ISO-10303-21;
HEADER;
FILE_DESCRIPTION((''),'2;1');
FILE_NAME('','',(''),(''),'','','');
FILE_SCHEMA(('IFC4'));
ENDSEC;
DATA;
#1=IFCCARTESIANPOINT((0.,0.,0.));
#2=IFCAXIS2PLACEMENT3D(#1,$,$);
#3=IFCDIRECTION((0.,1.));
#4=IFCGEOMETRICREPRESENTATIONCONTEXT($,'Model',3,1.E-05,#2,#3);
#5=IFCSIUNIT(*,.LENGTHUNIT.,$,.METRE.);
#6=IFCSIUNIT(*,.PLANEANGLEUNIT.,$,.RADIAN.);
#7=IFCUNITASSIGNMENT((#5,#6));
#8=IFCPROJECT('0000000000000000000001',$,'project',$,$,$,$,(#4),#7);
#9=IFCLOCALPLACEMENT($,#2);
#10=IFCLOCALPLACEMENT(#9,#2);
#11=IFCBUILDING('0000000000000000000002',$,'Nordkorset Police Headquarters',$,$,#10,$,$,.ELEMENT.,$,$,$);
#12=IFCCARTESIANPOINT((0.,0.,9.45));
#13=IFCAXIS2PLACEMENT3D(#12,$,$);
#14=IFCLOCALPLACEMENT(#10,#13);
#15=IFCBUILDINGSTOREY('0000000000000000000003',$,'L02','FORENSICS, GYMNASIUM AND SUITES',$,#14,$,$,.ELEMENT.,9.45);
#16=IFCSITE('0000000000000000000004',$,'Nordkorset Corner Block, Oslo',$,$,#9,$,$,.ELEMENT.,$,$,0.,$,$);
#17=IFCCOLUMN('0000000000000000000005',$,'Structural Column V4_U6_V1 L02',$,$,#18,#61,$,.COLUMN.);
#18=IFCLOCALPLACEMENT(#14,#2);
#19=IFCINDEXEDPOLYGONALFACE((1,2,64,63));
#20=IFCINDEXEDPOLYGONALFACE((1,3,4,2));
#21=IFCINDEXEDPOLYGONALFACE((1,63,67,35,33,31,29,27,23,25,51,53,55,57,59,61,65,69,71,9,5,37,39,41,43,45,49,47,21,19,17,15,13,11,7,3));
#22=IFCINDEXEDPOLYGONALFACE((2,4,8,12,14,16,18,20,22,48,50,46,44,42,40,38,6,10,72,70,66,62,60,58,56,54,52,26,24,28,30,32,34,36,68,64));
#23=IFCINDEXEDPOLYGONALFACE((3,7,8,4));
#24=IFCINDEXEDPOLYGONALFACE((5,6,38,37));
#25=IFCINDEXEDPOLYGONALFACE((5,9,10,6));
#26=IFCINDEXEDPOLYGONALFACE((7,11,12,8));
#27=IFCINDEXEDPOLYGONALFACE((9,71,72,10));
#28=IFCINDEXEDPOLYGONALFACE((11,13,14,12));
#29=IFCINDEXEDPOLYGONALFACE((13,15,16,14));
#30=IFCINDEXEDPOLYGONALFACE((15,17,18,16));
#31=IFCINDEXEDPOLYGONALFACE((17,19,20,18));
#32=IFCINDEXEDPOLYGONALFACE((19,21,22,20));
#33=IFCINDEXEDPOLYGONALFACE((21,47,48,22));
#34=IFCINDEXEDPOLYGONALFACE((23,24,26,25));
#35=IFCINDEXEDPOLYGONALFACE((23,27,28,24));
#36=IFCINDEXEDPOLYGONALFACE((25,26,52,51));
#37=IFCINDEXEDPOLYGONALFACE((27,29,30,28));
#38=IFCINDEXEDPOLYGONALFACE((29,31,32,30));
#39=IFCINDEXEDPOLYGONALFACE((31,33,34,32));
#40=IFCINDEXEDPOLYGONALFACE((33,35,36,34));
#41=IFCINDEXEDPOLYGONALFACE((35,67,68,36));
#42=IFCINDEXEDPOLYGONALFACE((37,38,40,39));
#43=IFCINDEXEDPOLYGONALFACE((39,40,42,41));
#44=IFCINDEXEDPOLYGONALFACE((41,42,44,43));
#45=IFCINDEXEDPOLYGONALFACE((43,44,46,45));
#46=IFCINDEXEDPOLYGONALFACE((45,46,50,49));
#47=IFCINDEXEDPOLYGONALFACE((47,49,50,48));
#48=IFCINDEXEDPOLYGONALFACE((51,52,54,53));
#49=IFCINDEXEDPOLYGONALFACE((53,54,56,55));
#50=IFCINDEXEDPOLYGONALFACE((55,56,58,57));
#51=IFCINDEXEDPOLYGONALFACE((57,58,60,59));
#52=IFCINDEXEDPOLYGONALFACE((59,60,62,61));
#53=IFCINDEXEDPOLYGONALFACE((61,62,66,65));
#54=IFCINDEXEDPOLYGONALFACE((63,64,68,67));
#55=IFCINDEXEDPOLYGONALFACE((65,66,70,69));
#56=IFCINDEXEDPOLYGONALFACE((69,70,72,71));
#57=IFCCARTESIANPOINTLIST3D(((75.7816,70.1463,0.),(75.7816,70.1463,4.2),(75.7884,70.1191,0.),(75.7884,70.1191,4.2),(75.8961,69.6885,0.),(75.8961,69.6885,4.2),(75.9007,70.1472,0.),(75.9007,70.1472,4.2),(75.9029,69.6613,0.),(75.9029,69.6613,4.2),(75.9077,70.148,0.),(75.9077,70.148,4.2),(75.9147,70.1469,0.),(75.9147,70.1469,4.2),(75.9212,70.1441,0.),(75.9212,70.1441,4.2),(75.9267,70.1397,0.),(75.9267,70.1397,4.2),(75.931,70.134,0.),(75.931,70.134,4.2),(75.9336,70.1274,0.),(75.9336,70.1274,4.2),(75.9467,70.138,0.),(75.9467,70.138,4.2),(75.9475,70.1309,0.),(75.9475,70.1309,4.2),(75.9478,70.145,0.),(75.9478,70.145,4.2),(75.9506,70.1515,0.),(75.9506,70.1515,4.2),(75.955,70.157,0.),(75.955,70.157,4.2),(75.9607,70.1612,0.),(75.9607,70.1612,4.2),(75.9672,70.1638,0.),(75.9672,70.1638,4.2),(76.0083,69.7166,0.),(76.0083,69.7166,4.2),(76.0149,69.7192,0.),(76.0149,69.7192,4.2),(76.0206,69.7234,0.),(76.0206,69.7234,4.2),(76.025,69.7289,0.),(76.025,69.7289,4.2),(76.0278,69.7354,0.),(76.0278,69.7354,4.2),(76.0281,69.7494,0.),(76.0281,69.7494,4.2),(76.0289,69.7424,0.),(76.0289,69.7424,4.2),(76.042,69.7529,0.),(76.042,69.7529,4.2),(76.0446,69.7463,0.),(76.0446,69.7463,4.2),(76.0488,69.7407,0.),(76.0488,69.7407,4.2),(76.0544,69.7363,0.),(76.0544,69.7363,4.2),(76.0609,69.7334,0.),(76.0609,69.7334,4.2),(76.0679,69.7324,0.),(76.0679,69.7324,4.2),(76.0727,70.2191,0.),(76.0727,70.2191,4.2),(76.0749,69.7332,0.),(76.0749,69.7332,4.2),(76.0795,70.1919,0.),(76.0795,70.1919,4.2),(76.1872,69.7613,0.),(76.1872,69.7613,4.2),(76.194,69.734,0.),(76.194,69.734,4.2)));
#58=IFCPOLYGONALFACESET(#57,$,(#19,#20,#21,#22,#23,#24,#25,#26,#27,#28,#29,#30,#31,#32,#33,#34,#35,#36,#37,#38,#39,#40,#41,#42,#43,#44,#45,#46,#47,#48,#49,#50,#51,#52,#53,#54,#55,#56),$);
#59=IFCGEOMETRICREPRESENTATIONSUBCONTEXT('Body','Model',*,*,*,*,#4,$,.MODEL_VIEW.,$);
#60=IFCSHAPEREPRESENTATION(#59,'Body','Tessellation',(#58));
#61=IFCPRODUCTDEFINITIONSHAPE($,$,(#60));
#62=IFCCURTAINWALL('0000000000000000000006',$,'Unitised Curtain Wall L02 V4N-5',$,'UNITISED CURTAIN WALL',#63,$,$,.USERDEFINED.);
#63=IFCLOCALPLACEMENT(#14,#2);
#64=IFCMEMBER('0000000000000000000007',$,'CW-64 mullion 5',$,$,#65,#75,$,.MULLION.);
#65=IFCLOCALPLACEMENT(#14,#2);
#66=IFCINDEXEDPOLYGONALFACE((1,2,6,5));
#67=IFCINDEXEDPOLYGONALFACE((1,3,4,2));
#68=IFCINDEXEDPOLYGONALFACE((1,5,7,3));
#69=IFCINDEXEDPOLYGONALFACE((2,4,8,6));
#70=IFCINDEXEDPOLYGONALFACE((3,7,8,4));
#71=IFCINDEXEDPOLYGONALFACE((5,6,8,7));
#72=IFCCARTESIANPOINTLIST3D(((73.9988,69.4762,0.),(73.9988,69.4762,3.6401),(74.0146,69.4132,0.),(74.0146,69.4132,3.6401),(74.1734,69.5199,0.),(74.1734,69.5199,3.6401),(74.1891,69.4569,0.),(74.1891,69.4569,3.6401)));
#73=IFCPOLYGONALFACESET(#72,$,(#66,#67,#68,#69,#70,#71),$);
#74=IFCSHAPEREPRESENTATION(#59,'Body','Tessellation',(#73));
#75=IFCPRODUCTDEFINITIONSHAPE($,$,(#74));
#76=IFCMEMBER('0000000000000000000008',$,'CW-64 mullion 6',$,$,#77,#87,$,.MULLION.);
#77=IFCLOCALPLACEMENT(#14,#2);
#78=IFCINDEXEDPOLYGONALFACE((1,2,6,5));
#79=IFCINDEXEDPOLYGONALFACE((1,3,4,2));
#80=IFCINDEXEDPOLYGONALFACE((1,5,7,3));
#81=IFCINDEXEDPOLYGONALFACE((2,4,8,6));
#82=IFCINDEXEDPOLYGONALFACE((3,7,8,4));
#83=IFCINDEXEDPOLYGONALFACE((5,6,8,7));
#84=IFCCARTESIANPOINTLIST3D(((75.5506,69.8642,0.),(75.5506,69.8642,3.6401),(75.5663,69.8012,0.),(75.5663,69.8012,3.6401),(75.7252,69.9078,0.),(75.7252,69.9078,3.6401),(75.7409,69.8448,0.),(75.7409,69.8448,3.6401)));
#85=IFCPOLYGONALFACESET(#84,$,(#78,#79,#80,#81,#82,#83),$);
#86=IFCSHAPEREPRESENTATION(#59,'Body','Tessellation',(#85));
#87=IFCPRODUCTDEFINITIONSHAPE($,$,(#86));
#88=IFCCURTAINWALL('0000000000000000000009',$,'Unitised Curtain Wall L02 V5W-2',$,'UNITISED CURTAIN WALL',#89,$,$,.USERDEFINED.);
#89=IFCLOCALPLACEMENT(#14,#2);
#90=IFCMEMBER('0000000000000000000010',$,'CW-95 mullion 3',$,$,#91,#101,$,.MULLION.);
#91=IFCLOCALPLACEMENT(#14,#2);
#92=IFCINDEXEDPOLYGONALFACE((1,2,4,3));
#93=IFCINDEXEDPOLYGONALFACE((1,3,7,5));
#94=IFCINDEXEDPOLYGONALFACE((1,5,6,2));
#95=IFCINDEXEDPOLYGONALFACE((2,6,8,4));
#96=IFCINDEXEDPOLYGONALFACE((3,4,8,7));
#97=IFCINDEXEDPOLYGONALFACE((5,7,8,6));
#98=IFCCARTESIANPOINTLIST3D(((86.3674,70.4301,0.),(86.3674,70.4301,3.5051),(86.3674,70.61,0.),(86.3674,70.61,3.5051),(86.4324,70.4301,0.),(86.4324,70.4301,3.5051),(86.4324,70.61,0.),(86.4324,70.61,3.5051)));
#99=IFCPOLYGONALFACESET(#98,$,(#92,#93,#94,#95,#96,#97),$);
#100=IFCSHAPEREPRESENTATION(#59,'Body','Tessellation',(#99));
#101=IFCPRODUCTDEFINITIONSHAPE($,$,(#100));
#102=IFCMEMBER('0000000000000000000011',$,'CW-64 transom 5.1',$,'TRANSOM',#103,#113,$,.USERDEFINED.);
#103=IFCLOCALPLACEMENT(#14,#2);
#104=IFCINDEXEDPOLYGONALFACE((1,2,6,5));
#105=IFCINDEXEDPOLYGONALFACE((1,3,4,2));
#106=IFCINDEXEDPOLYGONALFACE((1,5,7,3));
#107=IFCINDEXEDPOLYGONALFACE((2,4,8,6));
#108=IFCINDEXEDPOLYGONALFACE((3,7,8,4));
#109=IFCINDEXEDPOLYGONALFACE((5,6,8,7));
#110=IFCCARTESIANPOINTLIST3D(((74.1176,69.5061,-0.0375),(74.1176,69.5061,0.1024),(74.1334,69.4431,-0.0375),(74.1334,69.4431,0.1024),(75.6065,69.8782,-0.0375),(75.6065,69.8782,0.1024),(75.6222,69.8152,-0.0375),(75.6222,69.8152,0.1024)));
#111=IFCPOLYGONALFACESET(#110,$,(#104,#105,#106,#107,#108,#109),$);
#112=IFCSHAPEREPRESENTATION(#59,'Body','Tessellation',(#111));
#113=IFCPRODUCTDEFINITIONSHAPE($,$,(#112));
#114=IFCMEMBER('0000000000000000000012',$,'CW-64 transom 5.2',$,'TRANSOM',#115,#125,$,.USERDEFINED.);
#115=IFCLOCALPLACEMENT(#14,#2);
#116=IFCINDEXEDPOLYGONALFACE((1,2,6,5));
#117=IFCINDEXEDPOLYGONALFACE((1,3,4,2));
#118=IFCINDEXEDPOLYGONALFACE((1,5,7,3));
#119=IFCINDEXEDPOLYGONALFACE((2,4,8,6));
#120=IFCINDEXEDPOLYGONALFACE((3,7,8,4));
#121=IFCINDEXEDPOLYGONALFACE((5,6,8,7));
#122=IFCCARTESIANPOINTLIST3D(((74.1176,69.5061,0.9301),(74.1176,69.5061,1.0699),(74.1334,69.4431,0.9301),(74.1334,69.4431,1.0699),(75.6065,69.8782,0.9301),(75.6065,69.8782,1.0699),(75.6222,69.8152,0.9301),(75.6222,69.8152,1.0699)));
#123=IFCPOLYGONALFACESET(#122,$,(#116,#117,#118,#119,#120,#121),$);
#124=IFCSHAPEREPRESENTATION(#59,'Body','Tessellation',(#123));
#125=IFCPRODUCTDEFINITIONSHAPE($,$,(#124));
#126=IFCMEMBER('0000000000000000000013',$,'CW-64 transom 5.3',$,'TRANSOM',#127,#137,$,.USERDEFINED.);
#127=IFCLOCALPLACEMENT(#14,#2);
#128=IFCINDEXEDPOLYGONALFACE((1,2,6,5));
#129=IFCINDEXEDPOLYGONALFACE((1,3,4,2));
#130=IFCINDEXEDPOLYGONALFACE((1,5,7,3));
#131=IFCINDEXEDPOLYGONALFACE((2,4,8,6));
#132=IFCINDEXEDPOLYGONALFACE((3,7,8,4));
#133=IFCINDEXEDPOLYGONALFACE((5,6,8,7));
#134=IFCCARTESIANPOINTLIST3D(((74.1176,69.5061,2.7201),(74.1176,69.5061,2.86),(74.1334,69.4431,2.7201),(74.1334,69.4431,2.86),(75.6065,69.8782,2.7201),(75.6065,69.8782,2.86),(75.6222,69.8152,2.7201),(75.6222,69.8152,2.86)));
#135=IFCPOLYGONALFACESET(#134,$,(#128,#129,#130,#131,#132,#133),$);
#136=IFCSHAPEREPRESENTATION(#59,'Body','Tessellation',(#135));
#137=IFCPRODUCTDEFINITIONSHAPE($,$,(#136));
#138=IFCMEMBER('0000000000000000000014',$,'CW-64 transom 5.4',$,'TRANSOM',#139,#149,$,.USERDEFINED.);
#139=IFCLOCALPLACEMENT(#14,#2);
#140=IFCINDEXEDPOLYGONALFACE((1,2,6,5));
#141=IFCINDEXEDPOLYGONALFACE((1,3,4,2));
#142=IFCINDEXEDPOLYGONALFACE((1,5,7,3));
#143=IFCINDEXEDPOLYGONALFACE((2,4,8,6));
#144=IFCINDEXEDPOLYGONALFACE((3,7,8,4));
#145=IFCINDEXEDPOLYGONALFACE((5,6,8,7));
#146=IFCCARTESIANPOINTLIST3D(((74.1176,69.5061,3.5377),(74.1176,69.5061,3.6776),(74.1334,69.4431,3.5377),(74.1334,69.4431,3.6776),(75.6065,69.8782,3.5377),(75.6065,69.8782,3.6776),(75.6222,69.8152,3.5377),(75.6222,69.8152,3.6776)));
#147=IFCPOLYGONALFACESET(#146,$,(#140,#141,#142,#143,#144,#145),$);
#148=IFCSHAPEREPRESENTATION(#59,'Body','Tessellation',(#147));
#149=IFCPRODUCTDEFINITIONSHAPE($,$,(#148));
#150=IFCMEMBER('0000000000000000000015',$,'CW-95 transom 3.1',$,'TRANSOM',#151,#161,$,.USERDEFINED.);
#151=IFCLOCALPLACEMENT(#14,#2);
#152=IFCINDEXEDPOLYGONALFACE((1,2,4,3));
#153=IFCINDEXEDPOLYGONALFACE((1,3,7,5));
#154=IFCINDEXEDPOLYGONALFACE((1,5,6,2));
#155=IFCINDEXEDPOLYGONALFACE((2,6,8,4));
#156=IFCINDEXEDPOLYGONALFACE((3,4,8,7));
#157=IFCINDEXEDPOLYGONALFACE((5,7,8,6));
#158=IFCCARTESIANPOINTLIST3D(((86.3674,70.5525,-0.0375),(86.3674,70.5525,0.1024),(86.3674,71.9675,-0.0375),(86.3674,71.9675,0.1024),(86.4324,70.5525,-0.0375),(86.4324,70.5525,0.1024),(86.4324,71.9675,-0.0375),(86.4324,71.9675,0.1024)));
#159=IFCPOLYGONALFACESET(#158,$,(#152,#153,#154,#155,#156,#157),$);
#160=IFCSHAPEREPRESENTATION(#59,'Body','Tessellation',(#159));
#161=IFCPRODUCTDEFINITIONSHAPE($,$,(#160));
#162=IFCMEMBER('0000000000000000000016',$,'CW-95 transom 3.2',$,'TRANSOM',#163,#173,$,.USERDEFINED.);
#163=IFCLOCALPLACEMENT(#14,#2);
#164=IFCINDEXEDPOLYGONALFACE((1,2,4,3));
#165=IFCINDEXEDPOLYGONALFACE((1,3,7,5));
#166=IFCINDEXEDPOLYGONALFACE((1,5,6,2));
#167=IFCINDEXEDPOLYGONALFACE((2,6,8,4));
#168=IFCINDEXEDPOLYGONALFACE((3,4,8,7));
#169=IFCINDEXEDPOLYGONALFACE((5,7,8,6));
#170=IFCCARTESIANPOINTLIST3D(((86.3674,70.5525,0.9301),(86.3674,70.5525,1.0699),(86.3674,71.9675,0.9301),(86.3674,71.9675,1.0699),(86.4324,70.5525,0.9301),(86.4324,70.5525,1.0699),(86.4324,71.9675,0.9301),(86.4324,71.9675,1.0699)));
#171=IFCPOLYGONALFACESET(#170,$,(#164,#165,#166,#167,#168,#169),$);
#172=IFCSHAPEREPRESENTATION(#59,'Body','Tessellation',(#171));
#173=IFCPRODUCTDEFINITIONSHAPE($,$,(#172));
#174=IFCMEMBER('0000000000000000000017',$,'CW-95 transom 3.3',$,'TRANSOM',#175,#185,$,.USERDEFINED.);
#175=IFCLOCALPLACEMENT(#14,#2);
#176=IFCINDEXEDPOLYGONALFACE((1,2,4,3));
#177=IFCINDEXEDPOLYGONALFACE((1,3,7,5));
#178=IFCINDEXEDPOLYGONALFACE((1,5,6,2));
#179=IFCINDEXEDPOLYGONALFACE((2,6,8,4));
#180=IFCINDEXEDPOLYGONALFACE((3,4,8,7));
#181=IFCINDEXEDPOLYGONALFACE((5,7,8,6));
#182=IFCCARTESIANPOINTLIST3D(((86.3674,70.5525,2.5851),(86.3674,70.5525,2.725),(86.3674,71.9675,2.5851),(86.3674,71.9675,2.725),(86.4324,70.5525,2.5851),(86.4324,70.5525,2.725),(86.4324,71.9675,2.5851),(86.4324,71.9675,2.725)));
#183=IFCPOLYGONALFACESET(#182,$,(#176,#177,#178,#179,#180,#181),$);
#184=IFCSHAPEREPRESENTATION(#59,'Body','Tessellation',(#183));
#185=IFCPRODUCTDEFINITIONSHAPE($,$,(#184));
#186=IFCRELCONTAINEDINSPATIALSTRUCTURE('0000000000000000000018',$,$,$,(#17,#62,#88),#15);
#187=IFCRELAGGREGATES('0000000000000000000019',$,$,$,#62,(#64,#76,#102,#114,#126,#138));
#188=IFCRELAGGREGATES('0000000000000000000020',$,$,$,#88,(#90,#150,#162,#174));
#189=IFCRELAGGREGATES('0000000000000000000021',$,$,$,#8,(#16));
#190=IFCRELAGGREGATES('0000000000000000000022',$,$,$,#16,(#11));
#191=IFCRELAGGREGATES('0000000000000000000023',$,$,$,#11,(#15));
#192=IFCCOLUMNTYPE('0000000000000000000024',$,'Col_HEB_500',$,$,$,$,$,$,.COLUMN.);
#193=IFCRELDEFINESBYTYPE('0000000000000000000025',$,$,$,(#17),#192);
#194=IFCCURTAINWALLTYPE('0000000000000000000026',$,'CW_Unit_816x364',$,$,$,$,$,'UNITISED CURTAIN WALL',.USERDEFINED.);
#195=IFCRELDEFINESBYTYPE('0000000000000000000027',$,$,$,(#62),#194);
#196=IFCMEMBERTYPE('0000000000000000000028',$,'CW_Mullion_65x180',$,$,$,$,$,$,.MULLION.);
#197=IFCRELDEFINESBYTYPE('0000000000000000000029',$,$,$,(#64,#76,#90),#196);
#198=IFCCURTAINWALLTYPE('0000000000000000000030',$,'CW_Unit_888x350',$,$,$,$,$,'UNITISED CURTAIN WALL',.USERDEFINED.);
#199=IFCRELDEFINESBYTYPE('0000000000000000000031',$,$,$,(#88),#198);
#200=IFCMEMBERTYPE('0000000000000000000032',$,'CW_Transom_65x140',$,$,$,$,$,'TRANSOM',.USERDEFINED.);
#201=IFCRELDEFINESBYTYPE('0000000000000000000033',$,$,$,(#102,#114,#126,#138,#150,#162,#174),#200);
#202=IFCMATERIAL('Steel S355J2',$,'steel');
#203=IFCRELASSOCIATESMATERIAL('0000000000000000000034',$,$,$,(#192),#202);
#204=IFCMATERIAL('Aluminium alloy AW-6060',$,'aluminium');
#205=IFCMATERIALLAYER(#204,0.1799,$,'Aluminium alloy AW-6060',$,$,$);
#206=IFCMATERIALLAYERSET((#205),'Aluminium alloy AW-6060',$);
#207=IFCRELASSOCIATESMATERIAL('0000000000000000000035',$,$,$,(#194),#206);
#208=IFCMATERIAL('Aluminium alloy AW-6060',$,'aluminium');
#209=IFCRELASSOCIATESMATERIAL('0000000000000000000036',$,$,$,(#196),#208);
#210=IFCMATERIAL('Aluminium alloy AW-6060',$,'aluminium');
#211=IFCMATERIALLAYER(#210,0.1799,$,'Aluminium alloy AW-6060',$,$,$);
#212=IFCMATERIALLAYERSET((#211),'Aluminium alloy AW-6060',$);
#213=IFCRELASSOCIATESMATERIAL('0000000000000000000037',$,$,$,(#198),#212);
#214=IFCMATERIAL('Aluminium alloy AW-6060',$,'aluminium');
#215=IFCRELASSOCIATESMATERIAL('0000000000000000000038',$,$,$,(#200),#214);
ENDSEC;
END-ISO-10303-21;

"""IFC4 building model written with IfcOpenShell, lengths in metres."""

from ifc_helpers import new_model, si_unit, direction, frame, origin, origin_2d, place, context, subcontext, project, spatial, rectangle, i_section, extrude, material, layer, layer_set, material_profile, profile_set, type_object, element, aggregate, save


model = new_model("IFC4")

# Units and contexts
model_context = context("Model", 3, precision=1e-05, world=origin(), true_north=direction((0.0, 1.0)))
body_context = subcontext(model_context, "Body", "Model", "MODEL_VIEW")
ifc_project = project(units=[si_unit("LENGTHUNIT", "METRE"), si_unit("PLANEANGLEUNIT", "RADIAN")], contexts=[model_context])

# Site, building, storey
site_placement = place(None, origin())
site = spatial("IfcSite", under=ifc_project, at=site_placement, Name="Nordkorset Corner Block, Oslo", CompositionType="ELEMENT", RefElevation=0.0)
building_placement = place(site_placement, origin())
building = spatial("IfcBuilding", under=site, at=building_placement, Name="Nordkorset Police Headquarters", CompositionType="ELEMENT")
storey_placement = place(building_placement, frame((0.0, 0.0, 9.45)))
storey = spatial("IfcBuildingStorey", under=building, at=storey_placement, Name="L02", Description="FORENSICS, GYMNASIUM AND SUITES", CompositionType="ELEMENT", Elevation=9.45)

# Column
ifc_material_1 = material(Name="Steel S355J2", Category="steel")
ifc_material_profile_1 = material_profile(ifc_material_1, i_section(OverallWidth=0.3, OverallDepth=0.5, WebThickness=0.0144, FlangeThickness=0.0281, FilletRadius=0.0271, at=origin_2d()), Name="HEB 500")
ifc_profile_set_1 = profile_set([ifc_material_profile_1], Name="Steel S355J2")
column_type = type_object("IfcColumnType", Name="Col_HEB_500", PredefinedType="COLUMN", material=ifc_profile_set_1)
column_placement = place(storey_placement, frame((75.9878, 69.9402, 0.0), z_axis=(0.0, 0.0, 1.0), x_axis=(0.970143, 0.242536, 0.0)))
element("IfcColumn", 1, at=column_placement, inside=storey, type_object=column_type, Name="Structural Column V4_U6_V1 L02", PredefinedType="COLUMN", context=body_context, shape_type="SweptSolid", body=[
    extrude(i_section(OverallWidth=0.3, OverallDepth=0.5, WebThickness=0.0144, FlangeThickness=0.0281, FilletRadius=0.0271, at=origin_2d()), origin(), (0.0, 0.0, 1.0), 4.2),
])

# Curtain wall, members
ifc_material_2 = material(Name="Aluminium alloy AW-6060", Category="aluminium")
ifc_layer_1 = layer(ifc_material_2, 0.1799, Name="Aluminium alloy AW-6060")
ifc_layer_set_1 = layer_set([ifc_layer_1], Name="Aluminium alloy AW-6060")
curtain_wall_type_1 = type_object("IfcCurtainWallType", Name="CW_Unit_816x364", ElementType="UNITISED CURTAIN WALL", PredefinedType="USERDEFINED", material=ifc_layer_set_1)
curtain_wall_1_placement = place(storey_placement, origin())
curtain_wall_1 = element("IfcCurtainWall", 2, at=curtain_wall_1_placement, inside=storey, type_object=curtain_wall_type_1, Name="Unitised Curtain Wall L02 V4N-5", ObjectType="UNITISED CURTAIN WALL", PredefinedType="USERDEFINED")
ifc_material_3 = material(Name="Aluminium alloy AW-6060", Category="aluminium")
ifc_material_profile_2 = material_profile(ifc_material_3, rectangle(XDim=0.0649, YDim=0.1799, at=origin_2d()), Name="ALU MULL 65x180")
ifc_profile_set_2 = profile_set([ifc_material_profile_2], Name="Aluminium alloy AW-6060")
member_type_1 = type_object("IfcMemberType", Name="CW_Mullion_65x180", PredefinedType="MULLION", material=ifc_profile_set_2)
member_1_placement = place(storey_placement, frame((74.094, 69.4666, 0.0), z_axis=(0.0, 0.0, 1.0), x_axis=(-0.242536, 0.970143, 0.0)))
member_1 = element("IfcMember", 3, at=member_1_placement, type_object=member_type_1, Name="CW-64 mullion 5", PredefinedType="MULLION", context=body_context, shape_type="SweptSolid", body=[
    extrude(rectangle(XDim=0.0649, YDim=0.1799, at=origin_2d()), origin(), (0.0, 0.0, 1.0), 3.6401),
])
member_2_placement = place(storey_placement, frame((75.6458, 69.8545, 0.0), z_axis=(0.0, 0.0, 1.0), x_axis=(-0.242536, 0.970143, 0.0)))
member_2 = element("IfcMember", 4, at=member_2_placement, type_object=member_type_1, Name="CW-64 mullion 6", PredefinedType="MULLION", context=body_context, shape_type="SweptSolid", body=[
    extrude(rectangle(XDim=0.0649, YDim=0.1799, at=origin_2d()), origin(), (0.0, 0.0, 1.0), 3.6401),
])

# Curtain wall, member
ifc_material_4 = material(Name="Aluminium alloy AW-6060", Category="aluminium")
ifc_layer_2 = layer(ifc_material_4, 0.1799, Name="Aluminium alloy AW-6060")
ifc_layer_set_2 = layer_set([ifc_layer_2], Name="Aluminium alloy AW-6060")
curtain_wall_type_2 = type_object("IfcCurtainWallType", Name="CW_Unit_888x350", ElementType="UNITISED CURTAIN WALL", PredefinedType="USERDEFINED", material=ifc_layer_set_2)
curtain_wall_2_placement = place(storey_placement, origin())
curtain_wall_2 = element("IfcCurtainWall", 5, at=curtain_wall_2_placement, inside=storey, type_object=curtain_wall_type_2, Name="Unitised Curtain Wall L02 V5W-2", ObjectType="UNITISED CURTAIN WALL", PredefinedType="USERDEFINED")
member_3_placement = place(storey_placement, frame((86.3999, 70.52, 0.0), z_axis=(0.0, 0.0, 1.0), x_axis=(-1.0, 0.0, 0.0)))
member_3 = element("IfcMember", 6, at=member_3_placement, type_object=member_type_1, Name="CW-95 mullion 3", PredefinedType="MULLION", context=body_context, shape_type="SweptSolid", body=[
    extrude(rectangle(XDim=0.0649, YDim=0.1799, at=origin_2d()), origin(), (0.0, 0.0, 1.0), 3.5051),
])

# Members
ifc_material_5 = material(Name="Aluminium alloy AW-6060", Category="aluminium")
ifc_material_profile_3 = material_profile(ifc_material_5, rectangle(XDim=0.0649, YDim=0.1399, at=origin_2d()), Name="ALU TRAN 65x140")
ifc_profile_set_3 = profile_set([ifc_material_profile_3], Name="Aluminium alloy AW-6060")
member_type_2 = type_object("IfcMemberType", Name="CW_Transom_65x140", ElementType="TRANSOM", PredefinedType="USERDEFINED", material=ifc_profile_set_3)
member_4_placement = place(storey_placement, frame((74.1255, 69.4746, 0.0325), z_axis=(0.970161, 0.242461, 0.0), x_axis=(-0.242461, 0.970161, 0.0)))
member_4 = element("IfcMember", 7, at=member_4_placement, type_object=member_type_2, Name="CW-64 transom 5.1", ObjectType="TRANSOM", PredefinedType="USERDEFINED", context=body_context, shape_type="SweptSolid", body=[
    extrude(rectangle(XDim=0.0649, YDim=0.1399, at=origin_2d()), origin(), (0.0, 0.0, 1.0), 1.5347),
])
member_5_placement = place(storey_placement, frame((74.1255, 69.4746, 1.0), z_axis=(0.970161, 0.242461, 0.0), x_axis=(-0.242461, 0.970161, 0.0)))
member_5 = element("IfcMember", 8, at=member_5_placement, type_object=member_type_2, Name="CW-64 transom 5.2", ObjectType="TRANSOM", PredefinedType="USERDEFINED", context=body_context, shape_type="SweptSolid", body=[
    extrude(rectangle(XDim=0.0649, YDim=0.1399, at=origin_2d()), origin(), (0.0, 0.0, 1.0), 1.5347),
])
member_6_placement = place(storey_placement, frame((74.1255, 69.4746, 2.79), z_axis=(0.970161, 0.242461, 0.0), x_axis=(-0.242461, 0.970161, 0.0)))
member_6 = element("IfcMember", 9, at=member_6_placement, type_object=member_type_2, Name="CW-64 transom 5.3", ObjectType="TRANSOM", PredefinedType="USERDEFINED", context=body_context, shape_type="SweptSolid", body=[
    extrude(rectangle(XDim=0.0649, YDim=0.1399, at=origin_2d()), origin(), (0.0, 0.0, 1.0), 1.5347),
])
member_7_placement = place(storey_placement, frame((74.1255, 69.4746, 3.6077), z_axis=(0.970161, 0.242461, 0.0), x_axis=(-0.242461, 0.970161, 0.0)))
member_7 = element("IfcMember", 10, at=member_7_placement, type_object=member_type_2, Name="CW-64 transom 5.4", ObjectType="TRANSOM", PredefinedType="USERDEFINED", context=body_context, shape_type="SweptSolid", body=[
    extrude(rectangle(XDim=0.0649, YDim=0.1399, at=origin_2d()), origin(), (0.0, 0.0, 1.0), 1.5347),
])
member_8_placement = place(storey_placement, frame((86.3999, 70.5525, 0.0325), z_axis=(0.0, 1.0, 0.0), x_axis=(-1.0, 0.0, 0.0)))
member_8 = element("IfcMember", 11, at=member_8_placement, type_object=member_type_2, Name="CW-95 transom 3.1", ObjectType="TRANSOM", PredefinedType="USERDEFINED", context=body_context, shape_type="SweptSolid", body=[
    extrude(rectangle(XDim=0.0649, YDim=0.1399, at=origin_2d()), origin(), (0.0, 0.0, 1.0), 1.415),
])
member_9_placement = place(storey_placement, frame((86.3999, 70.5525, 1.0), z_axis=(0.0, 1.0, 0.0), x_axis=(-1.0, 0.0, 0.0)))
member_9 = element("IfcMember", 12, at=member_9_placement, type_object=member_type_2, Name="CW-95 transom 3.2", ObjectType="TRANSOM", PredefinedType="USERDEFINED", context=body_context, shape_type="SweptSolid", body=[
    extrude(rectangle(XDim=0.0649, YDim=0.1399, at=origin_2d()), origin(), (0.0, 0.0, 1.0), 1.415),
])
member_10_placement = place(storey_placement, frame((86.3999, 70.5525, 2.655), z_axis=(0.0, 1.0, 0.0), x_axis=(-1.0, 0.0, 0.0)))
member_10 = element("IfcMember", 13, at=member_10_placement, type_object=member_type_2, Name="CW-95 transom 3.3", ObjectType="TRANSOM", PredefinedType="USERDEFINED", context=body_context, shape_type="SweptSolid", body=[
    extrude(rectangle(XDim=0.0649, YDim=0.1399, at=origin_2d()), origin(), (0.0, 0.0, 1.0), 1.415),
])

aggregate(curtain_wall_1, [member_1, member_2, member_4, member_5, member_6, member_7])
aggregate(curtain_wall_2, [member_3, member_8, member_9, member_10])

save(model, "model.ifc")
